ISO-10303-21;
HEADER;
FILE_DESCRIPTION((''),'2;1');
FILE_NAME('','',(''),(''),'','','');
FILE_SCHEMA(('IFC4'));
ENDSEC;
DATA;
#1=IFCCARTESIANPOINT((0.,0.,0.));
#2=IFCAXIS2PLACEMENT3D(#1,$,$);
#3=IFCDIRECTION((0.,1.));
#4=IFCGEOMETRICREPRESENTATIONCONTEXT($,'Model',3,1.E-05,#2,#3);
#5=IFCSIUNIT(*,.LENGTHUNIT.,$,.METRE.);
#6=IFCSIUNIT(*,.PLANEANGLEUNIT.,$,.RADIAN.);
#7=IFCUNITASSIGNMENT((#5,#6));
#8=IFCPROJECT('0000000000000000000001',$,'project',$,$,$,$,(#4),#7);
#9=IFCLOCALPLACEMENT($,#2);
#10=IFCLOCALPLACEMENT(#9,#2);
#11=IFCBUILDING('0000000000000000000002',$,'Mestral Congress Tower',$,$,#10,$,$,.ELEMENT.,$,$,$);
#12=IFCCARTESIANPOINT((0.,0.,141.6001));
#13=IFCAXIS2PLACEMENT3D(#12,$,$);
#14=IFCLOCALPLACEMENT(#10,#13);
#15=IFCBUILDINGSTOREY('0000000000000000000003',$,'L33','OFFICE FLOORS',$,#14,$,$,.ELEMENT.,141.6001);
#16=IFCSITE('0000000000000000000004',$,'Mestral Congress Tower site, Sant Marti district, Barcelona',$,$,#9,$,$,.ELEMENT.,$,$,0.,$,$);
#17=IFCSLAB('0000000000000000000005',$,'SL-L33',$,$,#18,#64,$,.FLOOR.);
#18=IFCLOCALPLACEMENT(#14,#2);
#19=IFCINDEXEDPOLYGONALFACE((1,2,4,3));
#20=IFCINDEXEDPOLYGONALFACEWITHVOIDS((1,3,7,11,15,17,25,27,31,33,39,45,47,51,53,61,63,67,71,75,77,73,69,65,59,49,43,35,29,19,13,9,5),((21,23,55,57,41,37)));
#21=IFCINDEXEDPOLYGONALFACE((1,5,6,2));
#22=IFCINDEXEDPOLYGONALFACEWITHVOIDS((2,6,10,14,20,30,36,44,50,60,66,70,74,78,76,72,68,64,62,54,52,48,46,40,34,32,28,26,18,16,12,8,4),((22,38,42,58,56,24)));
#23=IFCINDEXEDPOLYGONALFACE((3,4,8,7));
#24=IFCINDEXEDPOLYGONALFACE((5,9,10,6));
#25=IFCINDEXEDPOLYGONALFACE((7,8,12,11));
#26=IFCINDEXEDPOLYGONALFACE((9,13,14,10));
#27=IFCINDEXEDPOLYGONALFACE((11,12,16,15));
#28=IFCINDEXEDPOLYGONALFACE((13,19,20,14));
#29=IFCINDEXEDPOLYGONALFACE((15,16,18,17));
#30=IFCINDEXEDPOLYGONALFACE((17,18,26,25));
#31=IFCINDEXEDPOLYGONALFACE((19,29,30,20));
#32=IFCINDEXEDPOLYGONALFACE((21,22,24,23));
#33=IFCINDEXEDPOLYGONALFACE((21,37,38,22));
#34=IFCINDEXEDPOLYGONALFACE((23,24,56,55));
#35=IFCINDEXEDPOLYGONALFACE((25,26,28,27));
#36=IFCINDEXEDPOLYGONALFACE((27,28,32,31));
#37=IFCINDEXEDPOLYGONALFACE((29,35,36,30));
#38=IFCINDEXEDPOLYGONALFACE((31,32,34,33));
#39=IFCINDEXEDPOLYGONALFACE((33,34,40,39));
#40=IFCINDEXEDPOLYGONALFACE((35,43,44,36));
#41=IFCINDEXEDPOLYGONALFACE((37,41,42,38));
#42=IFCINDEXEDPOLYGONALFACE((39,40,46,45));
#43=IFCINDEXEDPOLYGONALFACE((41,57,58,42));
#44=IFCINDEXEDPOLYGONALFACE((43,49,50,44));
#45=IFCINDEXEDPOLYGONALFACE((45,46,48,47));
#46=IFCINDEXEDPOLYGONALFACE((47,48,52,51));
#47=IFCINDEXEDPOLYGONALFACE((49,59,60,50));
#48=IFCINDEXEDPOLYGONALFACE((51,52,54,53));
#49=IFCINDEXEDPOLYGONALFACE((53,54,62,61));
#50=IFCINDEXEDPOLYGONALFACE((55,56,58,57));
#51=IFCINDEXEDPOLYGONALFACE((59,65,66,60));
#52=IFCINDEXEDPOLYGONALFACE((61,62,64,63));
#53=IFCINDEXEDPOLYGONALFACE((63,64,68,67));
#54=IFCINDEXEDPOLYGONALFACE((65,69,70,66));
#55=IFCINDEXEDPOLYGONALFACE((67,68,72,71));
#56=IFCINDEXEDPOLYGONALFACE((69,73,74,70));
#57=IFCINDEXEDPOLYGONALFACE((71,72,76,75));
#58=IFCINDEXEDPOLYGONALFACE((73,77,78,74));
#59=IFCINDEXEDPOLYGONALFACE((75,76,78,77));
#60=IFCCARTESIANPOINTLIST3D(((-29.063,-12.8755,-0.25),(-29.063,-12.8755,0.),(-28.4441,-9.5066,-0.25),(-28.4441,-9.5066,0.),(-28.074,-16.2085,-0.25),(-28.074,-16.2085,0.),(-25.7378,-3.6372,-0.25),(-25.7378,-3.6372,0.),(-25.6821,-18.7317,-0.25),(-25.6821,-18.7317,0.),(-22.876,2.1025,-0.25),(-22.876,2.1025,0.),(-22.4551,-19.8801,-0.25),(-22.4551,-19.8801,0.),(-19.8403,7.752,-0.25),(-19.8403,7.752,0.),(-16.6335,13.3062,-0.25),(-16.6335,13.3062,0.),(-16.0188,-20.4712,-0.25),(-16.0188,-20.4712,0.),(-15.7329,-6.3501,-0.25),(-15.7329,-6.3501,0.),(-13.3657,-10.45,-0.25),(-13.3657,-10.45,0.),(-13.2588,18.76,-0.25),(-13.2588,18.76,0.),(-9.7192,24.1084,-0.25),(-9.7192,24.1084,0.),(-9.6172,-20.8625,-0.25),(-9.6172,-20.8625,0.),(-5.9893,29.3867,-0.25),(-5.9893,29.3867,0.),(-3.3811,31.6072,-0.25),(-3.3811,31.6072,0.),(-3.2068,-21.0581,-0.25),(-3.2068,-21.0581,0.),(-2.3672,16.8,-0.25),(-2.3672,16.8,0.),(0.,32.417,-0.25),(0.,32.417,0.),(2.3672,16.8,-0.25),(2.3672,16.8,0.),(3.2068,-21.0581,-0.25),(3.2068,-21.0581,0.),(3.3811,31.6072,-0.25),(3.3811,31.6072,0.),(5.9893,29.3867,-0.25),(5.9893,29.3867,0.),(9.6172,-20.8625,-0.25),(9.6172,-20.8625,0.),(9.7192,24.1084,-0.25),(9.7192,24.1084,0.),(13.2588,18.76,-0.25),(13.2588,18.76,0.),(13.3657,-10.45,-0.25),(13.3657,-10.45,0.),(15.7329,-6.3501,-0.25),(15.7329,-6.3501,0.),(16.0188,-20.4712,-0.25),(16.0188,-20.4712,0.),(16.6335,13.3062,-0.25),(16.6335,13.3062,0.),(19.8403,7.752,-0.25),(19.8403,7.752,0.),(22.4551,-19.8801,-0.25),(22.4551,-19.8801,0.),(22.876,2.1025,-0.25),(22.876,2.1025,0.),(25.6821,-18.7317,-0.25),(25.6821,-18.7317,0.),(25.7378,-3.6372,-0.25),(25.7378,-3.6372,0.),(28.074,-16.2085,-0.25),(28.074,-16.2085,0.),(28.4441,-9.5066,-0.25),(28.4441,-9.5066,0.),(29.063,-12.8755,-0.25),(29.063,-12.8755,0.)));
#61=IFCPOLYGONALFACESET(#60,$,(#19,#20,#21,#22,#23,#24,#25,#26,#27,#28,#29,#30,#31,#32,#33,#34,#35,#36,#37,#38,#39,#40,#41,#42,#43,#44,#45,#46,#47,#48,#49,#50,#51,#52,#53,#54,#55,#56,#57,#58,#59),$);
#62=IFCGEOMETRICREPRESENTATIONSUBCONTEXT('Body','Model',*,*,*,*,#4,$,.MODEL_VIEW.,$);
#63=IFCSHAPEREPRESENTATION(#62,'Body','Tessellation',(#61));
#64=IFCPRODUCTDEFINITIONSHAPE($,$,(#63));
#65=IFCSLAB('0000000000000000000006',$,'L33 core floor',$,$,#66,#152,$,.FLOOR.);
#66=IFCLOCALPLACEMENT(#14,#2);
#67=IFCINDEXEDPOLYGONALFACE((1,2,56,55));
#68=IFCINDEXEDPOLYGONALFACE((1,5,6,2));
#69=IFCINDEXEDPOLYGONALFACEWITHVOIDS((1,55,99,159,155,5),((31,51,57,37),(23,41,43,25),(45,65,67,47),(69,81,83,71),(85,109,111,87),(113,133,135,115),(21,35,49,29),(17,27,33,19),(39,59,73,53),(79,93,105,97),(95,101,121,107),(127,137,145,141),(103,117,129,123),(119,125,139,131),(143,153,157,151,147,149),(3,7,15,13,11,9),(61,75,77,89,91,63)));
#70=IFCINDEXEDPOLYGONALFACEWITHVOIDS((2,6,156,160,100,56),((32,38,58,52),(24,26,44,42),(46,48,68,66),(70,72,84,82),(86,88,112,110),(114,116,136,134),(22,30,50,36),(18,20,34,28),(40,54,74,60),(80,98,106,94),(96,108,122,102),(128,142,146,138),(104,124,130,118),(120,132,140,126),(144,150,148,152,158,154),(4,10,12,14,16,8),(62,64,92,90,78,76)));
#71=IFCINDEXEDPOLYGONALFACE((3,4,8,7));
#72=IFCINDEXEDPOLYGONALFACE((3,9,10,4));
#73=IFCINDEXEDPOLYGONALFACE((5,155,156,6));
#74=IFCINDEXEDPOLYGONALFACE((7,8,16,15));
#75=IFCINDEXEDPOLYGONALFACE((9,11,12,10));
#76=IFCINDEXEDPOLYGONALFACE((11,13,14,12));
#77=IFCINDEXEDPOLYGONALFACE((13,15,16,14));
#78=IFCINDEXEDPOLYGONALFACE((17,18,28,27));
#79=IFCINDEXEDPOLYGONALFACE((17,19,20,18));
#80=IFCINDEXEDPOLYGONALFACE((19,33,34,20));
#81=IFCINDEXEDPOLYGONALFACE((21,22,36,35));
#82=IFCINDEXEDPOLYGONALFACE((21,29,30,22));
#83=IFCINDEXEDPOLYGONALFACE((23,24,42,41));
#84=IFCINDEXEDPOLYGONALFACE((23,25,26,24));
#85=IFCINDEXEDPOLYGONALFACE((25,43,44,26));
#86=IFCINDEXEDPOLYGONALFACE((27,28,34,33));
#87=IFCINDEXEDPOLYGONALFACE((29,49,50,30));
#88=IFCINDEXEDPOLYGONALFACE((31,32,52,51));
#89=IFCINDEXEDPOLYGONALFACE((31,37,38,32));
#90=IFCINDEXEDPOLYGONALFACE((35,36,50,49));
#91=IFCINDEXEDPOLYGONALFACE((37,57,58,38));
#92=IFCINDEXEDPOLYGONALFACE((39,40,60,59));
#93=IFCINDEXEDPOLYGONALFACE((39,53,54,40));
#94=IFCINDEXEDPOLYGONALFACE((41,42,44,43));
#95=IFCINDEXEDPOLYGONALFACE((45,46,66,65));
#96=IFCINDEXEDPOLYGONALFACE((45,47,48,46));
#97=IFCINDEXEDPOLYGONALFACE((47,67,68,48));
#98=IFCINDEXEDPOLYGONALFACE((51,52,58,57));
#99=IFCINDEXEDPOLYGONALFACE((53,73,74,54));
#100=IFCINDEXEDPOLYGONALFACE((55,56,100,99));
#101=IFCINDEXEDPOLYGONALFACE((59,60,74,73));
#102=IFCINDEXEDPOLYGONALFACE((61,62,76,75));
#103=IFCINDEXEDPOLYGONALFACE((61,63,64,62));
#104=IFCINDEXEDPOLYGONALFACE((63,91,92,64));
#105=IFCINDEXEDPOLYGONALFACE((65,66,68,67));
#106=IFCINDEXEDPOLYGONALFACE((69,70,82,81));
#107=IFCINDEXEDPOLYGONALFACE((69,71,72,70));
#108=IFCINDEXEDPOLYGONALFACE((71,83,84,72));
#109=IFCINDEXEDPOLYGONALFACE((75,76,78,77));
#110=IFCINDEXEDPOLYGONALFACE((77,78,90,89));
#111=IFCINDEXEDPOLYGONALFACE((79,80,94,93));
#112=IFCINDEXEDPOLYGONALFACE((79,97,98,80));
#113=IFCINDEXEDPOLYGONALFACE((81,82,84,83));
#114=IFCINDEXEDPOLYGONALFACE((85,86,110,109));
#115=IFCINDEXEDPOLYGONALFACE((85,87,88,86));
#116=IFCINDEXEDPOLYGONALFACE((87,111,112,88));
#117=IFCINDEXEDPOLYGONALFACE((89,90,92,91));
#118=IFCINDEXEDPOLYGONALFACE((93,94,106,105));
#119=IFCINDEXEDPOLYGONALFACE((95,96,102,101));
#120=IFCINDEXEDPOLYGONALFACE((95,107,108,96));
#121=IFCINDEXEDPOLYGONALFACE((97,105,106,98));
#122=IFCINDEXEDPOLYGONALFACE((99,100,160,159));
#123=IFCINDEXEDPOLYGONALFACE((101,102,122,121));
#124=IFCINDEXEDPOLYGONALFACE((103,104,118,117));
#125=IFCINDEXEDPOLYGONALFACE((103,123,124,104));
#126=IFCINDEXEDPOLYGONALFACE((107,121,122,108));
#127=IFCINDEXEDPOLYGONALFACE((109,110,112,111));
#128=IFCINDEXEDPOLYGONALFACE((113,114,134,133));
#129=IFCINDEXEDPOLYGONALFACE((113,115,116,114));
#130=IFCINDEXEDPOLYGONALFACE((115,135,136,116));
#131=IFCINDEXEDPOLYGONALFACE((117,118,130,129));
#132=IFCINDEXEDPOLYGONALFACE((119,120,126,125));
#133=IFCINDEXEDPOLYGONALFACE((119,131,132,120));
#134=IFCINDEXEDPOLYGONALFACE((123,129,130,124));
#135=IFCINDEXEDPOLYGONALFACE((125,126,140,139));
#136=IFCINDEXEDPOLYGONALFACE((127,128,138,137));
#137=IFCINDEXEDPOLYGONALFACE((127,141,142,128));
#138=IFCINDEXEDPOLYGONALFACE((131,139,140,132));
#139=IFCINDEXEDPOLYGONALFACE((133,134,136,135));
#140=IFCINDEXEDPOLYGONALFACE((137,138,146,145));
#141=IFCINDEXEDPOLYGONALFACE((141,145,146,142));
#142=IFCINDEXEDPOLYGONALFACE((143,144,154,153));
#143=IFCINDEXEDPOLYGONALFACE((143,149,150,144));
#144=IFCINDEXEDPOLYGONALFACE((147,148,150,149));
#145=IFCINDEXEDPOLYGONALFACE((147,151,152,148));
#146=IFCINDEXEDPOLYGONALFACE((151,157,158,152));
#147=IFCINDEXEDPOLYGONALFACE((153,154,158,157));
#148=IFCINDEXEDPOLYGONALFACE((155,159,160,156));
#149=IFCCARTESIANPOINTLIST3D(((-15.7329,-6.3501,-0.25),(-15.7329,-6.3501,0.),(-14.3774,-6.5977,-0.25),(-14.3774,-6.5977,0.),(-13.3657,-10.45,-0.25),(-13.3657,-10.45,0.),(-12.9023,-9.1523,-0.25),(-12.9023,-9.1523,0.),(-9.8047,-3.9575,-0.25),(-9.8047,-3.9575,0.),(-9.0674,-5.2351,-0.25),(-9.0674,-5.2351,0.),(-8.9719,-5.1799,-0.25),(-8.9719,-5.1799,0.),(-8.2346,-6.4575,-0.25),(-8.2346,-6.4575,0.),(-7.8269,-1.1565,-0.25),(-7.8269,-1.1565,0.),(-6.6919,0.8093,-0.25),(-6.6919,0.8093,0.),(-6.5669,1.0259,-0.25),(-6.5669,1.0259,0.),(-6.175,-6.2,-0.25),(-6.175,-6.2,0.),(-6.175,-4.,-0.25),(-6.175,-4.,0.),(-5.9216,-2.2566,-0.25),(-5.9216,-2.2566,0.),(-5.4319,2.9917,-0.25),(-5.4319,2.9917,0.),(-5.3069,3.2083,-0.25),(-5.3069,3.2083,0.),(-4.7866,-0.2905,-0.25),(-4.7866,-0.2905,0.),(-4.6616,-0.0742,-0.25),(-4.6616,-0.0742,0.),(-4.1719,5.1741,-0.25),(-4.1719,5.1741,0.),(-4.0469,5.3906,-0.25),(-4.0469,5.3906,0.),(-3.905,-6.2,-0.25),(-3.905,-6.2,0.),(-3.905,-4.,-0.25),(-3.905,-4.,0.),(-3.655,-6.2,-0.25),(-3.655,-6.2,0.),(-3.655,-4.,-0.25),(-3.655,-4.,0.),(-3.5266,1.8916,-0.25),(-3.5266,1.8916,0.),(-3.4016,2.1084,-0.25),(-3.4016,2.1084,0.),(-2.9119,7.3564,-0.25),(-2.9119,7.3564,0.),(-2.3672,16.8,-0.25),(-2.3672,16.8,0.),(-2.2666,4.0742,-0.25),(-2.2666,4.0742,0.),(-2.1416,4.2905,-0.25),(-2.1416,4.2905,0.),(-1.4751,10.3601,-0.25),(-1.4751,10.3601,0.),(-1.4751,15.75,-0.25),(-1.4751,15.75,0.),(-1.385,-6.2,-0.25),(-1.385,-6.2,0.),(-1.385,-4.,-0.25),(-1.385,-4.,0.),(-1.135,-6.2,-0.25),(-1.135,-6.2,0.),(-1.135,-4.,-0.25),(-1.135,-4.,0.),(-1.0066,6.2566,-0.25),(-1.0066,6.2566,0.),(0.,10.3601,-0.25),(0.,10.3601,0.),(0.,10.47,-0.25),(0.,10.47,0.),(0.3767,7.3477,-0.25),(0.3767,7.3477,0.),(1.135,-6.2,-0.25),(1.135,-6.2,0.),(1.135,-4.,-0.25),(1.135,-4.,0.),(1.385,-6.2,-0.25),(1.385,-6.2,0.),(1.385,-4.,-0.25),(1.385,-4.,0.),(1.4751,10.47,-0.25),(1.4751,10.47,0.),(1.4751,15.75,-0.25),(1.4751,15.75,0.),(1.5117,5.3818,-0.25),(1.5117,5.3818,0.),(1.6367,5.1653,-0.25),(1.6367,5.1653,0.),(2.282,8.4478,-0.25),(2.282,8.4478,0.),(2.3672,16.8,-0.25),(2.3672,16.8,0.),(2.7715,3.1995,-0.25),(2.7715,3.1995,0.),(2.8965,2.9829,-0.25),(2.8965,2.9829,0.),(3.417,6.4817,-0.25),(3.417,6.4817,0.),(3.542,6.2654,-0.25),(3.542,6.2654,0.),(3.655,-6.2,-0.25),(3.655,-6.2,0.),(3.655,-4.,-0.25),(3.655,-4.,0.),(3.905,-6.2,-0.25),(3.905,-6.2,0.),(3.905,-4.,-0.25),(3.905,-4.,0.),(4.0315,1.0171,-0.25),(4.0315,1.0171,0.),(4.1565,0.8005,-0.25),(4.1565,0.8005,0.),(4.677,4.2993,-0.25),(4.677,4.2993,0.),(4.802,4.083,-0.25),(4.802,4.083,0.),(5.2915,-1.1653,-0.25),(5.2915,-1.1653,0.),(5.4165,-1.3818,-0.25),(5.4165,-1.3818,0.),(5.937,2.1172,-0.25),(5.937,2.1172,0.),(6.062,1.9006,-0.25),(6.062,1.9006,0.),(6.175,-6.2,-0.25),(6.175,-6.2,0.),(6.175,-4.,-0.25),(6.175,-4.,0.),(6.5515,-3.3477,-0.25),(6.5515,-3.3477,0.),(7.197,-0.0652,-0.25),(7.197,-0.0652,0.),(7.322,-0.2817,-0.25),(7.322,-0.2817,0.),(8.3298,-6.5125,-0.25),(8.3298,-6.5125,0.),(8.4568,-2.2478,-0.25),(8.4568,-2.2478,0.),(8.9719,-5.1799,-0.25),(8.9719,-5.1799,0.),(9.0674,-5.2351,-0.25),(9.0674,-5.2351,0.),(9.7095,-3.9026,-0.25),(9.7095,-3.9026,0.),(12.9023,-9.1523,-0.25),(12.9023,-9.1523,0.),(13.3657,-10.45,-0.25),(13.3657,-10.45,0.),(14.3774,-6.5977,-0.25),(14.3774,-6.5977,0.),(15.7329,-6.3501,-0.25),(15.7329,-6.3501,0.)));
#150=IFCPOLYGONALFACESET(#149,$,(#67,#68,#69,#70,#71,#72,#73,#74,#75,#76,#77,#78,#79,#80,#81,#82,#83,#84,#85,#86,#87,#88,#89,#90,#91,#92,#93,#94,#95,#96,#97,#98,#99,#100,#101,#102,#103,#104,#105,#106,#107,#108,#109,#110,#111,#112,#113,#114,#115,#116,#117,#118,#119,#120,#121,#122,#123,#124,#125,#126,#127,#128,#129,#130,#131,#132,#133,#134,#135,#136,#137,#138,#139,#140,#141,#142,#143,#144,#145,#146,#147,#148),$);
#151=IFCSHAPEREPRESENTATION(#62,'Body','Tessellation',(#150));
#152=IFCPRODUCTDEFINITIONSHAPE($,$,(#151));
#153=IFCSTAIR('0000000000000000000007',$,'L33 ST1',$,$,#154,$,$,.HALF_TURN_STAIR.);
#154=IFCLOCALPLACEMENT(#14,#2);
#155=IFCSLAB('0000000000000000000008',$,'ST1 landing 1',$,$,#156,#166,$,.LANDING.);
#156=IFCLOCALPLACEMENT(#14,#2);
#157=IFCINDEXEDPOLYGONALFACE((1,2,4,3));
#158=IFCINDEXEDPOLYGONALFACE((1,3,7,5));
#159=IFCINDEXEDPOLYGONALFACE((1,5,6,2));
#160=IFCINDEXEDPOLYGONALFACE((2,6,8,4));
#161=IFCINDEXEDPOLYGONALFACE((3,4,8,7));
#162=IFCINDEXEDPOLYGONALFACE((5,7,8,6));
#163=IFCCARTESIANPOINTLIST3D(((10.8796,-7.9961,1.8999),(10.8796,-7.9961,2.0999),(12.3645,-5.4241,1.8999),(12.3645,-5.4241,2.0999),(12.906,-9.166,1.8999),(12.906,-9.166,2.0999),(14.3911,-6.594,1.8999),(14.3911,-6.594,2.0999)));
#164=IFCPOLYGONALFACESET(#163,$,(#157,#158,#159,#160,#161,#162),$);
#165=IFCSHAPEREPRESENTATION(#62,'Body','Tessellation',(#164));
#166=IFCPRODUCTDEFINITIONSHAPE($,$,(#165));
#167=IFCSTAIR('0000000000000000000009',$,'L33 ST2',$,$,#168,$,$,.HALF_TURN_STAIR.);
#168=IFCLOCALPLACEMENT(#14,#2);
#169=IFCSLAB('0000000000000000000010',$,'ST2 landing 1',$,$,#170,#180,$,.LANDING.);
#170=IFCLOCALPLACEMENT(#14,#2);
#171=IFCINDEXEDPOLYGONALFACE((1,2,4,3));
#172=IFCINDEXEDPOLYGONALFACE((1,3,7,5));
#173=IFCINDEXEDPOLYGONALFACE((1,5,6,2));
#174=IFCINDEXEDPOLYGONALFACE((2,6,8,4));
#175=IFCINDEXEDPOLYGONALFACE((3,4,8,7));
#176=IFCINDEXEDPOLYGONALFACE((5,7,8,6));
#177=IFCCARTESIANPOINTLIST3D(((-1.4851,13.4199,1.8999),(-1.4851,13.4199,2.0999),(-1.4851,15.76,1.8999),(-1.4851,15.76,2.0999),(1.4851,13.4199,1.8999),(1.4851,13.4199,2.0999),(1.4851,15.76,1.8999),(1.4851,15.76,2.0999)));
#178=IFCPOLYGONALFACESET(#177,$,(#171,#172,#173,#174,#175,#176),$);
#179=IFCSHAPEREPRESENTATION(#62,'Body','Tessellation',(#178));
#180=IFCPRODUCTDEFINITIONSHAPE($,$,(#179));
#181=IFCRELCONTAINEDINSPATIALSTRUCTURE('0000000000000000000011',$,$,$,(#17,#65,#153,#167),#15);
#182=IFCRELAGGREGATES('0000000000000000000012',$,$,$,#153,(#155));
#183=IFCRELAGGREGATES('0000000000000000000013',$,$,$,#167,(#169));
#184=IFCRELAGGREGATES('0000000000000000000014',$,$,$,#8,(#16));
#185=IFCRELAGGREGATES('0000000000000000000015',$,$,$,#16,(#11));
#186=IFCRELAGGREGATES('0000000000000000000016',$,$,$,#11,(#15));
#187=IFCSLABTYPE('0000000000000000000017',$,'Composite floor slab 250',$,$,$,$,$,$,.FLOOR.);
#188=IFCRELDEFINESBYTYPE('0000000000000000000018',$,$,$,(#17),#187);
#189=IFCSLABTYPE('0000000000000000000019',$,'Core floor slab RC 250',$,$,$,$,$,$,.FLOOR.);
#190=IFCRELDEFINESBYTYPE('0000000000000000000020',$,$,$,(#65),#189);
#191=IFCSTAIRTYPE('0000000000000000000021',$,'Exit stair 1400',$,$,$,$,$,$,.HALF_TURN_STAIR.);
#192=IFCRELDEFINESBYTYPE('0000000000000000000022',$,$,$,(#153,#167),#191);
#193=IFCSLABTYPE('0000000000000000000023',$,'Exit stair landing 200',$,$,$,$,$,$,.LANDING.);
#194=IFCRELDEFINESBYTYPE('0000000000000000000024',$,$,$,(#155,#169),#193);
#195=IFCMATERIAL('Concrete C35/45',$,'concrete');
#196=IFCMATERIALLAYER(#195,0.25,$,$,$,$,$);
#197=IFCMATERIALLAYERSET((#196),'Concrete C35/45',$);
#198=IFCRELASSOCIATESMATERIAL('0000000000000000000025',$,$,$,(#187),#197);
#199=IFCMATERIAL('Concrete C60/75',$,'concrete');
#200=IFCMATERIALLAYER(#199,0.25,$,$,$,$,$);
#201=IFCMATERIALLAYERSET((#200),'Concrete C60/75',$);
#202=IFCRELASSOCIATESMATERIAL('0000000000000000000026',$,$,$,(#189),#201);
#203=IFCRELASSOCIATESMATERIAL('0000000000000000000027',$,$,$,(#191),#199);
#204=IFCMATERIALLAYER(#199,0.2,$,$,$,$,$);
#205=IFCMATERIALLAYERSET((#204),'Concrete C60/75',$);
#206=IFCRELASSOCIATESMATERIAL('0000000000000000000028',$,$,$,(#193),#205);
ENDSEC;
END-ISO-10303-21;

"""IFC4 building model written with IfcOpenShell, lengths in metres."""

from ifc_helpers import new_model, si_unit, direction, frame, origin, place, context, subcontext, project, spatial, polyline, outline, extrude, material, layer, layer_set, type_object, element, aggregate, save


model = new_model("IFC4")

# Units and contexts
model_context = context("Model", 3, precision=1e-05, world=origin(), true_north=direction((0.0, 1.0)))
body_context = subcontext(model_context, "Body", "Model", "MODEL_VIEW")
ifc_project = project(units=[si_unit("LENGTHUNIT", "METRE"), si_unit("PLANEANGLEUNIT", "RADIAN")], contexts=[model_context])

# Site, building, storey
site_placement = place(None, origin())
site = spatial("IfcSite", under=ifc_project, at=site_placement, Name="Mestral Congress Tower site, Sant Marti district, Barcelona", CompositionType="ELEMENT", RefElevation=0.0)
building_placement = place(site_placement, origin())
building = spatial("IfcBuilding", under=site, at=building_placement, Name="Mestral Congress Tower", CompositionType="ELEMENT")
storey_placement = place(building_placement, frame((0.0, 0.0, 141.6001)))
storey = spatial("IfcBuildingStorey", under=building, at=storey_placement, Name="L33", Description="OFFICE FLOORS", CompositionType="ELEMENT", Elevation=141.6001)

# Slabs
ifc_material_1 = material(Name="Concrete C35/45", Category="concrete")
ifc_layer_1 = layer(ifc_material_1, 0.25)
ifc_layer_set_1 = layer_set([ifc_layer_1], Name="Concrete C35/45")
slab_type_1 = type_object("IfcSlabType", Name="Composite floor slab 250", PredefinedType="FLOOR", material=ifc_layer_set_1)
placement_1 = place(storey_placement, frame((0.0, 0.0, -0.25)))
element("IfcSlab", 1, at=placement_1, inside=storey, type_object=slab_type_1, Name="SL-L33", PredefinedType="FLOOR", context=body_context, shape_type="SweptSolid", body=[
    extrude(outline(polyline([(-22.4551, -19.8801), (-25.6821, -18.7317), (-28.074, -16.2085), (-29.063, -12.8755), (-28.4441, -9.5066), (-25.7378, -3.6372), (-22.876, 2.1025), (-19.8403, 7.752), (-16.6335, 13.3062), (-13.2588, 18.76), (-9.7192, 24.1084), (-5.9893, 29.3867), (-3.3811, 31.6072), (0.0, 32.417), (3.3811, 31.6072), (5.9893, 29.3867), (9.7192, 24.1084), (13.2588, 18.76), (16.6335, 13.3062), (19.8403, 7.752), (22.876, 2.1025), (25.7378, -3.6372), (28.4441, -9.5066), (29.063, -12.8755), (28.074, -16.2085), (25.6821, -18.7317), (22.4551, -19.8801), (16.0188, -20.4712), (9.6172, -20.8625), (3.2068, -21.0581), (-3.2068, -21.0581), (-9.6172, -20.8625), (-16.0188, -20.4712), (-22.4551, -19.8801)]), holes=[polyline([(-2.3672, 16.8), (-15.7329, -6.3501), (-13.3657, -10.45), (13.3657, -10.45), (15.7329, -6.3501), (2.3672, 16.8), (-2.3672, 16.8)])]), origin(), (0.0, 0.0, 1.0), 0.25),
])
ifc_material_2 = material(Name="Concrete C60/75", Category="concrete")
ifc_layer_2 = layer(ifc_material_2, 0.25)
ifc_layer_set_2 = layer_set([ifc_layer_2], Name="Concrete C60/75")
slab_type_2 = type_object("IfcSlabType", Name="Core floor slab RC 250", PredefinedType="FLOOR", material=ifc_layer_set_2)
element("IfcSlab", 2, at=placement_1, inside=storey, type_object=slab_type_2, Name="L33 core floor", PredefinedType="FLOOR", context=body_context, shape_type="SweptSolid", body=[
    extrude(outline(polyline([(13.3657, -10.45), (-13.3657, -10.45), (-15.7329, -6.3501), (-2.3672, 16.8), (2.3672, 16.8), (15.7329, -6.3501), (13.3657, -10.45)]), holes=[polyline([(-9.8047, -3.9575), (-14.3774, -6.5977), (-12.9023, -9.1523), (-8.2346, -6.4575), (-8.9719, -5.1799), (-9.0674, -5.2351), (-9.8047, -3.9575)]), polyline([(-3.905, -4.0), (-6.175, -4.0), (-6.175, -6.2), (-3.905, -6.2), (-3.905, -4.0)]), polyline([(-1.385, -4.0), (-3.655, -4.0), (-3.655, -6.2), (-1.385, -6.2), (-1.385, -4.0)]), polyline([(1.135, -4.0), (-1.135, -4.0), (-1.135, -6.2), (1.135, -6.2), (1.135, -4.0)]), polyline([(-5.9216, -2.2566), (-4.7866, -0.2905), (-6.6919, 0.8093), (-7.8269, -1.1565), (-5.9216, -2.2566)]), polyline([(-4.6616, -0.0742), (-3.5266, 1.8916), (-5.4319, 2.9917), (-6.5669, 1.0259), (-4.6616, -0.0742)]), polyline([(-3.4016, 2.1084), (-2.2666, 4.0742), (-4.1719, 5.1741), (-5.3069, 3.2083), (-3.4016, 2.1084)]), polyline([(-2.1416, 4.2905), (-1.0066, 6.2566), (-2.9119, 7.3564), (-4.0469, 5.3906), (-2.1416, 4.2905)]), polyline([(1.4751, 10.47), (1.4751, 15.75), (-1.4751, 15.75), (-1.4751, 10.3601), (0.0, 10.3601), (0.0, 10.47), (1.4751, 10.47)]), polyline([(8.3298, -6.5125), (12.9023, -9.1523), (14.3774, -6.5977), (9.7095, -3.9026), (8.9719, -5.1799), (9.0674, -5.2351), (8.3298, -6.5125)]), polyline([(3.655, -4.0), (1.385, -4.0), (1.385, -6.2), (3.655, -6.2), (3.655, -4.0)]), polyline([(6.175, -4.0), (3.905, -4.0), (3.905, -6.2), (6.175, -6.2), (6.175, -4.0)]), polyline([(5.4165, -1.3818), (6.5515, -3.3477), (8.4568, -2.2478), (7.322, -0.2817), (5.4165, -1.3818)]), polyline([(4.1565, 0.8005), (5.2915, -1.1653), (7.197, -0.0652), (6.062, 1.9006), (4.1565, 0.8005)]), polyline([(2.8965, 2.9829), (4.0315, 1.0171), (5.937, 2.1172), (4.802, 4.083), (2.8965, 2.9829)]), polyline([(3.542, 6.2654), (1.6367, 5.1653), (2.7715, 3.1995), (4.677, 4.2993), (3.542, 6.2654)]), polyline([(2.282, 8.4478), (0.3767, 7.3477), (1.5117, 5.3818), (3.417, 6.4817), (2.282, 8.4478)])]), origin(), (0.0, 0.0, 1.0), 0.25),
])

# Stairs, slabs
stair_type = type_object("IfcStairType", Name="Exit stair 1400", PredefinedType="HALF_TURN_STAIR", material=ifc_material_2)
placement_2 = place(storey_placement, origin())
stair_1 = element("IfcStair", 3, at=placement_2, inside=storey, type_object=stair_type, Name="L33 ST1", PredefinedType="HALF_TURN_STAIR")
ifc_layer_3 = layer(ifc_material_2, 0.2)
ifc_layer_set_3 = layer_set([ifc_layer_3], Name="Concrete C60/75")
slab_type_3 = type_object("IfcSlabType", Name="Exit stair landing 200", PredefinedType="LANDING", material=ifc_layer_set_3)
placement_3 = place(storey_placement, frame((0.0, 0.0, 1.8999)))
slab_1 = element("IfcSlab", 4, at=placement_3, type_object=slab_type_3, Name="ST1 landing 1", PredefinedType="LANDING", context=body_context, shape_type="SweptSolid", body=[
    extrude(outline(polyline([(10.8796, -7.9961), (12.3645, -5.4241), (14.3911, -6.594), (12.906, -9.166), (10.8796, -7.9961)])), origin(), (0.0, 0.0, 1.0), 0.2),
])
aggregate(stair_1, [slab_1])
stair_2 = element("IfcStair", 5, at=placement_2, inside=storey, type_object=stair_type, Name="L33 ST2", PredefinedType="HALF_TURN_STAIR")
slab_2 = element("IfcSlab", 6, at=placement_3, type_object=slab_type_3, Name="ST2 landing 1", PredefinedType="LANDING", context=body_context, shape_type="SweptSolid", body=[
    extrude(outline(polyline([(1.4851, 13.4199), (-1.4851, 13.4199), (-1.4851, 15.76), (1.4851, 15.76), (1.4851, 13.4199)])), origin(), (0.0, 0.0, 1.0), 0.2),
])
aggregate(stair_2, [slab_2])

save(model, "model.ifc")
